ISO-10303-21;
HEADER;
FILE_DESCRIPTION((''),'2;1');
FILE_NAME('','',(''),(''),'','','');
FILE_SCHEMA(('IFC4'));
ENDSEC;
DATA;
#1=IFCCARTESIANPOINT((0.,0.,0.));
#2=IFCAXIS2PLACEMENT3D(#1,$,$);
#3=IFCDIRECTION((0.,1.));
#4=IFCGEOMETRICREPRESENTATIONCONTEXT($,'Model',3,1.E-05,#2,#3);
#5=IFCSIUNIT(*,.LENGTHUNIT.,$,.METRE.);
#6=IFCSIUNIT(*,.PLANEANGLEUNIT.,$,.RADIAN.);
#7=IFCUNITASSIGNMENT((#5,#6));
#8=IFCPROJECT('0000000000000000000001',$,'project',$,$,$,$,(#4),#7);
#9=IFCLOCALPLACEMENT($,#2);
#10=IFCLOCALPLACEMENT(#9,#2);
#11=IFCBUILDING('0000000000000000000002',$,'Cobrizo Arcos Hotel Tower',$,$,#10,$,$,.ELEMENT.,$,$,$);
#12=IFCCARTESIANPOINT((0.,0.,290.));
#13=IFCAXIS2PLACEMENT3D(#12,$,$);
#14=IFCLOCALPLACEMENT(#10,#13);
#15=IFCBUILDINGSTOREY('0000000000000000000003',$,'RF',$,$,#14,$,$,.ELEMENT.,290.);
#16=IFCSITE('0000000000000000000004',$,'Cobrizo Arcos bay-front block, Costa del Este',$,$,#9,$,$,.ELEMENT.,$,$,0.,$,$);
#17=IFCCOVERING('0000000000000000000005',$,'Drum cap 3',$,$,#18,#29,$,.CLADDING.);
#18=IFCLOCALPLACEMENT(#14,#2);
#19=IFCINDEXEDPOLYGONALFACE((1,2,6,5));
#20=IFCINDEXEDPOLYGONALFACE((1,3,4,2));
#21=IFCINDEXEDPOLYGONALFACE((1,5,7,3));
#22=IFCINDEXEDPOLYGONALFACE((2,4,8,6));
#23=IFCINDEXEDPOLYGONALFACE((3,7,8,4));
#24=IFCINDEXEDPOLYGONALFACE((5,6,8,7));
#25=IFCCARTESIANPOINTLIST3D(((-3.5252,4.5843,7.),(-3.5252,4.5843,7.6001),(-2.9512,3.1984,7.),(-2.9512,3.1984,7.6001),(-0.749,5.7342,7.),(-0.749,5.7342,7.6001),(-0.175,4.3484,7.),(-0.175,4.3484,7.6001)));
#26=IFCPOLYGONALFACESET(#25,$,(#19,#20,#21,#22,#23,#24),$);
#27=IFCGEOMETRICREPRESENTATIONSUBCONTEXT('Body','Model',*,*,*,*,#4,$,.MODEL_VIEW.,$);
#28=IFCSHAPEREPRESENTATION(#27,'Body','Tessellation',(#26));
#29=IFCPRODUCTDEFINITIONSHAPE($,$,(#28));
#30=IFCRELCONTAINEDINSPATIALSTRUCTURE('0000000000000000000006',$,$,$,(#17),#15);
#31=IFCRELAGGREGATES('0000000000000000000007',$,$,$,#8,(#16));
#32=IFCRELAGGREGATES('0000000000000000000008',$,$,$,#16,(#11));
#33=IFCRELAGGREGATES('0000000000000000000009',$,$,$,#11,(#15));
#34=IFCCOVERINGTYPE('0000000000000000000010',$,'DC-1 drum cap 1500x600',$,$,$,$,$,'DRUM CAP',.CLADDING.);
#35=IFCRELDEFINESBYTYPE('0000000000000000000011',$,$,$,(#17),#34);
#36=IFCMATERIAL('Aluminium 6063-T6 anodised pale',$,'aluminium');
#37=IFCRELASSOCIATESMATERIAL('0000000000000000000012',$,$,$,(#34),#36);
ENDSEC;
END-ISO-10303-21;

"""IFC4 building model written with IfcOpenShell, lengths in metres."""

from ifc_helpers import new_model, si_unit, direction, frame, origin, origin_2d, place, context, subcontext, project, spatial, rectangle, extrude, material, type_object, element, save


model = new_model("IFC4")

# Units and contexts
model_context = context("Model", 3, precision=1e-05, world=origin(), true_north=direction((0.0, 1.0)))
body_context = subcontext(model_context, "Body", "Model", "MODEL_VIEW")
ifc_project = project(units=[si_unit("LENGTHUNIT", "METRE"), si_unit("PLANEANGLEUNIT", "RADIAN")], contexts=[model_context])

# Site, building, storey
site_placement = place(None, origin())
site = spatial("IfcSite", under=ifc_project, at=site_placement, Name="Cobrizo Arcos bay-front block, Costa del Este", CompositionType="ELEMENT", RefElevation=0.0)
building_placement = place(site_placement, origin())
building = spatial("IfcBuilding", under=site, at=building_placement, Name="Cobrizo Arcos Hotel Tower", CompositionType="ELEMENT")
storey_placement = place(building_placement, frame((0.0, 0.0, 290.0)))
storey = spatial("IfcBuildingStorey", under=building, at=storey_placement, Name="RF", CompositionType="ELEMENT", Elevation=290.0)

# Covering
ifc_material_1 = material(Name="Aluminium 6063-T6 anodised pale", Category="aluminium")
covering_type = type_object("IfcCoveringType", Name="DC-1 drum cap 1500x600", ElementType="DRUM CAP", PredefinedType="CLADDING", material=ifc_material_1)
covering_placement = place(storey_placement, frame((-1.8501, 4.4663, 7.0), z_axis=(0.0, 0.0, 1.0), x_axis=(-0.92388, -0.382683, 0.0)))
element("IfcCovering", 1, at=covering_placement, inside=storey, type_object=covering_type, Name="Drum cap 3", PredefinedType="CLADDING", context=body_context, shape_type="SweptSolid", body=[
    extrude(rectangle(XDim=3.0049, YDim=1.5, at=origin_2d()), origin(), (0.0, 0.0, 1.0), 0.6001),
])

save(model, "model.ifc")
